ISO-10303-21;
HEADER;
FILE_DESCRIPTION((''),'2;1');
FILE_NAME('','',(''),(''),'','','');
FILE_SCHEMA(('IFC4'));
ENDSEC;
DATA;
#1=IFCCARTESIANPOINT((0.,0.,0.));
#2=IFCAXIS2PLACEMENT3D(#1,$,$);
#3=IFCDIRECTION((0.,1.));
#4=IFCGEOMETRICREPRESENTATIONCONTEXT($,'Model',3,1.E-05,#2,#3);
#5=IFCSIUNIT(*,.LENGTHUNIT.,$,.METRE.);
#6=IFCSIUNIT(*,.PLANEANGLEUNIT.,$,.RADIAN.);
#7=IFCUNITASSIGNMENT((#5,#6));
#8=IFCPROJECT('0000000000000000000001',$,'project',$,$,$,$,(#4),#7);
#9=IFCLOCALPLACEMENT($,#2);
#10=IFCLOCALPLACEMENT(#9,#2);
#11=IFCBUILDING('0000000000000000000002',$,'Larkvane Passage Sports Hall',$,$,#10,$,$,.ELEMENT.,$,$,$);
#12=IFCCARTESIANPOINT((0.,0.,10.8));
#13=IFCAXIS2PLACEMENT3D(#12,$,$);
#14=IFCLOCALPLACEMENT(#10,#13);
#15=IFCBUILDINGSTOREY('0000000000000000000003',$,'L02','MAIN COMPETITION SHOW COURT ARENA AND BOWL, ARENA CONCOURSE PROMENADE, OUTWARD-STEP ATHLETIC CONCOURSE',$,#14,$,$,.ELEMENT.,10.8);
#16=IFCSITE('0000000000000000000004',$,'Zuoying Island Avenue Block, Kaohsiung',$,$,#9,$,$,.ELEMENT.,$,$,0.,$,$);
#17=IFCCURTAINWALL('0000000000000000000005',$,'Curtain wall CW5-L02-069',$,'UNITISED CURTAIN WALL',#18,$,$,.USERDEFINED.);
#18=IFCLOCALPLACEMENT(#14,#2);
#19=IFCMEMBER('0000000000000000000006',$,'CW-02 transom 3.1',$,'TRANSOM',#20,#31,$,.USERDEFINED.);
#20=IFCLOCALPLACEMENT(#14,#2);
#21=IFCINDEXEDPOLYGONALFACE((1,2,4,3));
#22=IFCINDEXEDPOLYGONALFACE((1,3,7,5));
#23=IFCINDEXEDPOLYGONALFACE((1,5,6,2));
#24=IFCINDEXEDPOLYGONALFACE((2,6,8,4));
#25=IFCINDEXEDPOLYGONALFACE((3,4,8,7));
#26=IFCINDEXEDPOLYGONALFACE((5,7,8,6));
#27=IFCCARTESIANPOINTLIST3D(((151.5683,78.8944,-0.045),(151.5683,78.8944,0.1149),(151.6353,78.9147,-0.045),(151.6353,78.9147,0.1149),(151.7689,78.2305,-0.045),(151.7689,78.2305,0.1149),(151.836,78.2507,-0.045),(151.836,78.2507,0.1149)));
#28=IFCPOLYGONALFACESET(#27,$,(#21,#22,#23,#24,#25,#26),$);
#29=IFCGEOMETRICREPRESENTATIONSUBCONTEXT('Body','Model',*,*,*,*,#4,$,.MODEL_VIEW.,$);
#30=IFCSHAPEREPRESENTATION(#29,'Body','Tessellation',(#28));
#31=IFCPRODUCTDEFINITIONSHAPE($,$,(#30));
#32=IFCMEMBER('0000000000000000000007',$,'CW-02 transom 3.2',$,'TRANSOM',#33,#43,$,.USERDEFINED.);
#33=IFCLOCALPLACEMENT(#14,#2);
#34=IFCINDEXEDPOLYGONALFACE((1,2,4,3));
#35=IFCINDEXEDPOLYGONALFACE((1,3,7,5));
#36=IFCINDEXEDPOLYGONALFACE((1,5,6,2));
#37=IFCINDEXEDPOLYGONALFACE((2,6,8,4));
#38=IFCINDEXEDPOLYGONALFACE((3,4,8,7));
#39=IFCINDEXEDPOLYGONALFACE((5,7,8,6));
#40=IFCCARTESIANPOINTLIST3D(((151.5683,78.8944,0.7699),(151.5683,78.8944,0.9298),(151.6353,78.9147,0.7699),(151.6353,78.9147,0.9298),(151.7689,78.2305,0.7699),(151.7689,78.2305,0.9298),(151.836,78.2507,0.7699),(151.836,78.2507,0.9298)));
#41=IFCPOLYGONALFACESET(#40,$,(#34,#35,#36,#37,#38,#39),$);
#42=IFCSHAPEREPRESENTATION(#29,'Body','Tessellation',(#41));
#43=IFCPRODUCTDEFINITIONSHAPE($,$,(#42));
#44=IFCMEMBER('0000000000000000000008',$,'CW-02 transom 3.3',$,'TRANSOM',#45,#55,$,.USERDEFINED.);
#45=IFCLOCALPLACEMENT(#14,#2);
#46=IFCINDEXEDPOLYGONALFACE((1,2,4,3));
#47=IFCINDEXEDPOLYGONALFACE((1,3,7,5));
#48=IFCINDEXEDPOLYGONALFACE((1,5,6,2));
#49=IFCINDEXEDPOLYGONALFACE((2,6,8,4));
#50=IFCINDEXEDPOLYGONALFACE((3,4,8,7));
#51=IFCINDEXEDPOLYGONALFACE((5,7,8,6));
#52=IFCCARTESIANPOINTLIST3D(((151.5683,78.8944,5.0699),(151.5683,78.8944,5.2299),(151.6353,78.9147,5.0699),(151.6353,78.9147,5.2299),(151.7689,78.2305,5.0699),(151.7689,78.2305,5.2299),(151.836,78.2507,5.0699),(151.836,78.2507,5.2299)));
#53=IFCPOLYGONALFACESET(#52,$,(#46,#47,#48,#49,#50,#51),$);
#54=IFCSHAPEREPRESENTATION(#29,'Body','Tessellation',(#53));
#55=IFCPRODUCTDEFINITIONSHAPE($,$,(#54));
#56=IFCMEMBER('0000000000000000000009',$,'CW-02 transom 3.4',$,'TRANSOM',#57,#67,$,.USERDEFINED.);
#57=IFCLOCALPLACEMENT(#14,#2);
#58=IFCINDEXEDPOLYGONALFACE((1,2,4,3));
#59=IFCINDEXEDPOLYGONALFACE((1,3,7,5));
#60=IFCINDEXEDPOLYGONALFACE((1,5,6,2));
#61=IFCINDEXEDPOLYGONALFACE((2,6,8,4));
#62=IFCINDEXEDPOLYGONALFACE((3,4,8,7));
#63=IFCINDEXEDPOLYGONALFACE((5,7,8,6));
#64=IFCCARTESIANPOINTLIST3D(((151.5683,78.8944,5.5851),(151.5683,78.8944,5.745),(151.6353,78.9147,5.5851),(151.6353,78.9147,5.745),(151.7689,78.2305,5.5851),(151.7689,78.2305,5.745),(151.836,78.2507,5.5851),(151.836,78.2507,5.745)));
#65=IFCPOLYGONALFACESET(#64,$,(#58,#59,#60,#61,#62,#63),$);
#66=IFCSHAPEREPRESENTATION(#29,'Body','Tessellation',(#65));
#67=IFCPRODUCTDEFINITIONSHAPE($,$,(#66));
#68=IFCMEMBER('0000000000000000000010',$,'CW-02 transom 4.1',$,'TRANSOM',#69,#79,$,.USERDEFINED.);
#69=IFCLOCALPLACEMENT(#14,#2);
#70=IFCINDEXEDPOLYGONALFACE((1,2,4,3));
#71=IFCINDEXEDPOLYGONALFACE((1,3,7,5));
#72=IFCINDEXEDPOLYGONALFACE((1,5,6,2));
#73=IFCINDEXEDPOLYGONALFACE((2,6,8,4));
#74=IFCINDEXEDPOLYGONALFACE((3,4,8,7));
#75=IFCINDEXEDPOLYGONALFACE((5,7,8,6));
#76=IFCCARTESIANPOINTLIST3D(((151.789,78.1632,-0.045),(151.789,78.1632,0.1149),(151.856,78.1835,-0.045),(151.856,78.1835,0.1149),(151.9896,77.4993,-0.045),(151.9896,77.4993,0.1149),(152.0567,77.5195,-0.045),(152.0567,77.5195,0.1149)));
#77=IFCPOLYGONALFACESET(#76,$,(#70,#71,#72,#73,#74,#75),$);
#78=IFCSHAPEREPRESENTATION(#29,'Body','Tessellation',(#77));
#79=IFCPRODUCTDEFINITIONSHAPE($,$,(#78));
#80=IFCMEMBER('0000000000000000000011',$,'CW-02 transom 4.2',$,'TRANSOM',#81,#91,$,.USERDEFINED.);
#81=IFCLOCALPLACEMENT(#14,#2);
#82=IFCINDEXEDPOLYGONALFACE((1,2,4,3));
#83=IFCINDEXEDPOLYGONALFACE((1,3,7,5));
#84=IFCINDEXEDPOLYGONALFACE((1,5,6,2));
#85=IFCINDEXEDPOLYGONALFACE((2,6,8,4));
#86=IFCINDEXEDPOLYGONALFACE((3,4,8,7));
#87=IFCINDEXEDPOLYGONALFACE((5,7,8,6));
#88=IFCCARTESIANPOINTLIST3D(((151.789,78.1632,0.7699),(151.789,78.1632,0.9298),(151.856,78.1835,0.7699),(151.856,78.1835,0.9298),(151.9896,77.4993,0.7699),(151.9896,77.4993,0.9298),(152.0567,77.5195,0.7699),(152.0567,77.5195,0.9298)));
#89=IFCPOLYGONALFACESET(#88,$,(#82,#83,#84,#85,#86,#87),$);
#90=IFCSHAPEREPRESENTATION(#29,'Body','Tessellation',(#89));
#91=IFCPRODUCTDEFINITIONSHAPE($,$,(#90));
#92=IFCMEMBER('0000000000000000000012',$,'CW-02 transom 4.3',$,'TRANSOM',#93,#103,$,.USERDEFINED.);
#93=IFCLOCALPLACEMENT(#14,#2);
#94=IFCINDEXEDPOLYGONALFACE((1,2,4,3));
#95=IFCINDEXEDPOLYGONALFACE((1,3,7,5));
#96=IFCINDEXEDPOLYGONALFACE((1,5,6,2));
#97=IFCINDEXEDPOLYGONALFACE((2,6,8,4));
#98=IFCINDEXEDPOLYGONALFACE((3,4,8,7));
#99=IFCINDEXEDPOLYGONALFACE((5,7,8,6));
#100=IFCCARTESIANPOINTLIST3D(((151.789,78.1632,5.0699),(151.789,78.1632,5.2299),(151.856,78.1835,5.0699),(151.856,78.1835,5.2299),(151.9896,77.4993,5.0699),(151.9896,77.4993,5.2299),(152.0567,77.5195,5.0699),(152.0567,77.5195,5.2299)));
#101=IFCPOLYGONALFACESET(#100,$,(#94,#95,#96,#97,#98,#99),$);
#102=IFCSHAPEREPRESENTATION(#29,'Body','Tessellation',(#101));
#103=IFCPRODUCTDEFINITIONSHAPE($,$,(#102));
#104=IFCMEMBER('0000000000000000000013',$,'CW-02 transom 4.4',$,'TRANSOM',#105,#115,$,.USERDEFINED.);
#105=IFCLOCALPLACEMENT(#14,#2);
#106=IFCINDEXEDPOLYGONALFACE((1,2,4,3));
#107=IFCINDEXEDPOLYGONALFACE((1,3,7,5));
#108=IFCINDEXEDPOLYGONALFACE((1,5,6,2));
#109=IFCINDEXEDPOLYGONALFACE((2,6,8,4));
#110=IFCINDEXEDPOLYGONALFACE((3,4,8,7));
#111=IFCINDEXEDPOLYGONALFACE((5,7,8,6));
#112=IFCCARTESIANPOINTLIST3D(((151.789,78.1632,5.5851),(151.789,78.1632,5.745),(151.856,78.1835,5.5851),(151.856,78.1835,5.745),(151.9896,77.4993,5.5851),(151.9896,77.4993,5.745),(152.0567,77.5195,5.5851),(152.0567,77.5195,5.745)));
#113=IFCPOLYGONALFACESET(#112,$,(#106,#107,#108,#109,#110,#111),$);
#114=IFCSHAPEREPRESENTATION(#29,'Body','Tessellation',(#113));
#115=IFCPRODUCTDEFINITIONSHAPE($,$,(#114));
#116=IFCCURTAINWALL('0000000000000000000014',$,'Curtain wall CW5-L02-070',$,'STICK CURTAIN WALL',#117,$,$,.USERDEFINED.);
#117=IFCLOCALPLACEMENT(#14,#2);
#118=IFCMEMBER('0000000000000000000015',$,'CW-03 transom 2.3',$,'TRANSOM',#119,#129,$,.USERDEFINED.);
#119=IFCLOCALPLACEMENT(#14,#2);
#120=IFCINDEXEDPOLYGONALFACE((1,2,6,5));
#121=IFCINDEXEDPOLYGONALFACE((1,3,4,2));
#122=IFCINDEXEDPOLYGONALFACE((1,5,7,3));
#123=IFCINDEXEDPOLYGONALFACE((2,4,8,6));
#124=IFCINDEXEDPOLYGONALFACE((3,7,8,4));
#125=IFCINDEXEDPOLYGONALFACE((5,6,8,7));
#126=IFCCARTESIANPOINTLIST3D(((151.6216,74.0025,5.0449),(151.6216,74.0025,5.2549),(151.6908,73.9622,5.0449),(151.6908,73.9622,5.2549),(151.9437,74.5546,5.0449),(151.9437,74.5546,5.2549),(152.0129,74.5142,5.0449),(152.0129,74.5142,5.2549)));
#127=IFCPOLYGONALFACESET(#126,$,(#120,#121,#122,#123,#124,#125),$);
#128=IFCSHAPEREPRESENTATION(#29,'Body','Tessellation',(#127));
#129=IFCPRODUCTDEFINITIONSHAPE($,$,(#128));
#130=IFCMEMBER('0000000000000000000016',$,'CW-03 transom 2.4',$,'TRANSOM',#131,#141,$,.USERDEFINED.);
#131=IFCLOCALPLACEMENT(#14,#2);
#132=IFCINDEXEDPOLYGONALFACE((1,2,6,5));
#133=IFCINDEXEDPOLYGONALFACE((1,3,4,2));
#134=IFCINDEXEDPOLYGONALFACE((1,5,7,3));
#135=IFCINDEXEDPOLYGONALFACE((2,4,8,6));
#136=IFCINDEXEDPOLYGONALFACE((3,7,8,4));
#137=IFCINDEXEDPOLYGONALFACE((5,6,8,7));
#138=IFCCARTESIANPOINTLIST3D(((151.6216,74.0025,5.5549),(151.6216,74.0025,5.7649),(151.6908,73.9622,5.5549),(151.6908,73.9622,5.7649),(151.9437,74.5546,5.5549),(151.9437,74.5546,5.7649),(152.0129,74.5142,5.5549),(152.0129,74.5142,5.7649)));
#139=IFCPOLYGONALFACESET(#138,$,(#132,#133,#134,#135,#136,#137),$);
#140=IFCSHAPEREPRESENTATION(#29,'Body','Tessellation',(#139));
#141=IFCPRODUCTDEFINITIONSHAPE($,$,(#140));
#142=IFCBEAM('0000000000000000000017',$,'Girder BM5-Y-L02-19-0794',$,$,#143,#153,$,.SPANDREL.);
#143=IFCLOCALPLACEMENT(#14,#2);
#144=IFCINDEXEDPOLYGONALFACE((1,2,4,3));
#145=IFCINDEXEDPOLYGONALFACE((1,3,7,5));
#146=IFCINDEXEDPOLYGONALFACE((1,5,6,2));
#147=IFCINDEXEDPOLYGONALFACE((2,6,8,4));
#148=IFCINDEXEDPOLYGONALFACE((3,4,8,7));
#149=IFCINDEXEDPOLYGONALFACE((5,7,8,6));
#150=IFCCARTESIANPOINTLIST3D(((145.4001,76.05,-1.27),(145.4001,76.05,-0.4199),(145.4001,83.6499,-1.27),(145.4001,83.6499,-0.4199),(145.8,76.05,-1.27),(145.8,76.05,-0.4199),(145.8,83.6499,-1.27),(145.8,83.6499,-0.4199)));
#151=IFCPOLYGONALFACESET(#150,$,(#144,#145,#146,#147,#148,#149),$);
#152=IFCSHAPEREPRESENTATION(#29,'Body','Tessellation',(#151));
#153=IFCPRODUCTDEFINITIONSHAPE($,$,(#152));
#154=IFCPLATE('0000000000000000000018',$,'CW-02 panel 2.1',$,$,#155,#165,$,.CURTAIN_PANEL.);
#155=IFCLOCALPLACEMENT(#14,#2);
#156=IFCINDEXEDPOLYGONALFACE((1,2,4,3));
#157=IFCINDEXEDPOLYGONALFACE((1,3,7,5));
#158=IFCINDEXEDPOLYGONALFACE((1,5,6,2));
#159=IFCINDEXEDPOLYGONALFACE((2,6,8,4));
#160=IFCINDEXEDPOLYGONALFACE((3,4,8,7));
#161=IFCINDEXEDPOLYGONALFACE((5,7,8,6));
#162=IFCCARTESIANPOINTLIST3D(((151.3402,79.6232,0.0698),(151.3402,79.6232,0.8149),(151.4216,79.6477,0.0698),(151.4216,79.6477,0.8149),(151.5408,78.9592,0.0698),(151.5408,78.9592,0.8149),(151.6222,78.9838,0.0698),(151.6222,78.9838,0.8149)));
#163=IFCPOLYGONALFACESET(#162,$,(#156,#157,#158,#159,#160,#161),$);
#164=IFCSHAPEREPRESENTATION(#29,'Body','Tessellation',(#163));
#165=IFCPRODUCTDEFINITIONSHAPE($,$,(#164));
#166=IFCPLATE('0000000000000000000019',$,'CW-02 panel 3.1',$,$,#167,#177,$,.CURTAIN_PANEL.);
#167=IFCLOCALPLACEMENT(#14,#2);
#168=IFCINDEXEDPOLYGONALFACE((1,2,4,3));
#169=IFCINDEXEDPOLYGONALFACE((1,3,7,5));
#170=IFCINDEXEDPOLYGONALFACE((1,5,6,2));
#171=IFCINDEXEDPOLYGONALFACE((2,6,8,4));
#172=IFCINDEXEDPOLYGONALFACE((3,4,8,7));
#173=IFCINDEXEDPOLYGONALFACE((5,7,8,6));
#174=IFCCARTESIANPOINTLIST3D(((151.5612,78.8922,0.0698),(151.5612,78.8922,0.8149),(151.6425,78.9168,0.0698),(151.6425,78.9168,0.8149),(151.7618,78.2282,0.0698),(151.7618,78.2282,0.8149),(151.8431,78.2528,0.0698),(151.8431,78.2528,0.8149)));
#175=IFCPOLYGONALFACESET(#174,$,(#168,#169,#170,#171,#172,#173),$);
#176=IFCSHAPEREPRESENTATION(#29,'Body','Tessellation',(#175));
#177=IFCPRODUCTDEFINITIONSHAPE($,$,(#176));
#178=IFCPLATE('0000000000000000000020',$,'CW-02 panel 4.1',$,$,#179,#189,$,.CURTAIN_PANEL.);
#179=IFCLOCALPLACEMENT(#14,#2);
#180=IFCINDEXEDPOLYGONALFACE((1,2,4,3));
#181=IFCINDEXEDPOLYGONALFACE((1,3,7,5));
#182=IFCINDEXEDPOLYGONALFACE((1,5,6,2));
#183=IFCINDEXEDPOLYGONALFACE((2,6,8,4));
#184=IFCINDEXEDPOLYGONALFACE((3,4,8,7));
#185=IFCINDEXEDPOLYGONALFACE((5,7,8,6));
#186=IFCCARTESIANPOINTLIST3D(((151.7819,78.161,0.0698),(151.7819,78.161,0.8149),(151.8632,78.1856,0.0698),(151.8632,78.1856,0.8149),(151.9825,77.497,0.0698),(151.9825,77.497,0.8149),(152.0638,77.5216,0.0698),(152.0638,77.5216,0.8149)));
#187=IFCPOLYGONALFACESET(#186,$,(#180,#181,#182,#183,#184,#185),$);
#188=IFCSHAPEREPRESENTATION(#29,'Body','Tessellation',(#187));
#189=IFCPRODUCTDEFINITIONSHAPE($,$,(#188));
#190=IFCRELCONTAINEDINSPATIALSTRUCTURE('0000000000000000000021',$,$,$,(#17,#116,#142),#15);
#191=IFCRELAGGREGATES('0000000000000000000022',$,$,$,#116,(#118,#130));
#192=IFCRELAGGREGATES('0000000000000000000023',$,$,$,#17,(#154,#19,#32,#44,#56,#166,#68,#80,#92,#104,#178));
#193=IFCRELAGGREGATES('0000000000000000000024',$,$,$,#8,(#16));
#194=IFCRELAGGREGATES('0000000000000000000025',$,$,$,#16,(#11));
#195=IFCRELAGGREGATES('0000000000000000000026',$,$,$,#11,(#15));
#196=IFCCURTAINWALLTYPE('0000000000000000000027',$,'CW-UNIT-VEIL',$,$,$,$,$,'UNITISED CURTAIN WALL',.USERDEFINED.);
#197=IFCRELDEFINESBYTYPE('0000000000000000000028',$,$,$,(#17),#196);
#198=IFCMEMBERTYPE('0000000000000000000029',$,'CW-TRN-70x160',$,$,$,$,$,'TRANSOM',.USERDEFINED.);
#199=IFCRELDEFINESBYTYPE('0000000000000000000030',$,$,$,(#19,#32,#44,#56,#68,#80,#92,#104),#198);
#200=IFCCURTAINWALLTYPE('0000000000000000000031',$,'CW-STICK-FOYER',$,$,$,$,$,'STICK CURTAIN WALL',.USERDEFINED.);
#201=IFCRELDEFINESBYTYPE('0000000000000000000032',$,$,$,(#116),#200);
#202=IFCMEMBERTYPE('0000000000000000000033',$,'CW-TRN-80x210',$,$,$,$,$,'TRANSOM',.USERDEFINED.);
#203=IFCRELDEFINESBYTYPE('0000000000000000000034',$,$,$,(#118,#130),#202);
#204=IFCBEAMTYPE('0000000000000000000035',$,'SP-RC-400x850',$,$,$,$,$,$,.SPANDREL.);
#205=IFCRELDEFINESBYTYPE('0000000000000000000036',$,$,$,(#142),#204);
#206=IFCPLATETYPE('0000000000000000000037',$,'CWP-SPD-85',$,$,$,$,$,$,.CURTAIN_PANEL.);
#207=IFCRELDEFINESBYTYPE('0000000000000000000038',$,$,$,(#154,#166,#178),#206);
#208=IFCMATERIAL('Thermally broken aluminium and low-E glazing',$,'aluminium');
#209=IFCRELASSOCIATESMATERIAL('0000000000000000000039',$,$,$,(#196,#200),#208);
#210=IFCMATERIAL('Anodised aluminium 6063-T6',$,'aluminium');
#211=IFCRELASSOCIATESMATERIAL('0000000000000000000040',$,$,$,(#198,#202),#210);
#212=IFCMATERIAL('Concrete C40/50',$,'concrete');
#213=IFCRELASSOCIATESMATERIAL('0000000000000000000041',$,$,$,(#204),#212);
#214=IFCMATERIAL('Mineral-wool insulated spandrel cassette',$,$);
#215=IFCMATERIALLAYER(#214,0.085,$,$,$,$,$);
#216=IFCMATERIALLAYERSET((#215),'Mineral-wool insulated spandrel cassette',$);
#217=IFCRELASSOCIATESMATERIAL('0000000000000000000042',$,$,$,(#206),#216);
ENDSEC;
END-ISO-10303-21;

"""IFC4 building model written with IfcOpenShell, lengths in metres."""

from ifc_helpers import new_model, si_unit, direction, frame, origin, origin_2d, place, context, subcontext, project, spatial, rectangle, extrude, material, layer, layer_set, material_profile, profile_set, type_object, element, aggregate, save


model = new_model("IFC4")

# Units and contexts
model_context = context("Model", 3, precision=1e-05, world=origin(), true_north=direction((0.0, 1.0)))
body_context = subcontext(model_context, "Body", "Model", "MODEL_VIEW")
ifc_project = project(units=[si_unit("LENGTHUNIT", "METRE"), si_unit("PLANEANGLEUNIT", "RADIAN")], contexts=[model_context])

# Site, building, storey
site_placement = place(None, origin())
site = spatial("IfcSite", under=ifc_project, at=site_placement, Name="Zuoying Island Avenue Block, Kaohsiung", CompositionType="ELEMENT", RefElevation=0.0)
building_placement = place(site_placement, origin())
building = spatial("IfcBuilding", under=site, at=building_placement, Name="Larkvane Passage Sports Hall", CompositionType="ELEMENT")
storey_placement = place(building_placement, frame((0.0, 0.0, 10.8)))
storey = spatial("IfcBuildingStorey", under=building, at=storey_placement, Name="L02", Description="MAIN COMPETITION SHOW COURT ARENA AND BOWL, ARENA CONCOURSE PROMENADE, OUTWARD-STEP ATHLETIC CONCOURSE", CompositionType="ELEMENT", Elevation=10.8)

# Curtain walls, members
ifc_material_1 = material(Name="Thermally broken aluminium and low-E glazing", Category="aluminium")
curtain_wall_type_1 = type_object("IfcCurtainWallType", Name="CW-UNIT-VEIL", ElementType="UNITISED CURTAIN WALL", PredefinedType="USERDEFINED", material=ifc_material_1)
curtain_wall_1_placement = place(storey_placement, origin())
curtain_wall_1 = element("IfcCurtainWall", 1, at=curtain_wall_1_placement, inside=storey, type_object=curtain_wall_type_1, Name="Curtain wall CW5-L02-069", ObjectType="UNITISED CURTAIN WALL", PredefinedType="USERDEFINED")
ifc_material_2 = material(Name="Anodised aluminium 6063-T6", Category="aluminium")
ifc_material_profile_1 = material_profile(ifc_material_2, rectangle(XDim=0.0701, YDim=0.1599, at=origin_2d()), Name="ALU-TRN-70x160")
ifc_profile_set_1 = profile_set([ifc_material_profile_1], Name="Anodised aluminium 6063-T6")
member_type_1 = type_object("IfcMemberType", Name="CW-TRN-70x160", ElementType="TRANSOM", PredefinedType="USERDEFINED", material=ifc_profile_set_1)
member_1_placement = place(storey_placement, frame((151.6018, 78.9045, 0.0349), z_axis=(0.289285, -0.957243, 0.0), x_axis=(0.957243, 0.289285, 0.0)))
member_1 = element("IfcMember", 2, at=member_1_placement, type_object=member_type_1, Name="CW-02 transom 3.1", ObjectType="TRANSOM", PredefinedType="USERDEFINED", context=body_context, shape_type="SweptSolid", body=[
    extrude(rectangle(XDim=0.0701, YDim=0.1599, at=origin_2d()), origin(), (0.0, 0.0, 1.0), 0.6936),
])
member_2_placement = place(storey_placement, frame((151.6018, 78.9045, 0.8499), z_axis=(0.289285, -0.957243, 0.0), x_axis=(0.957243, 0.289285, 0.0)))
member_2 = element("IfcMember", 3, at=member_2_placement, type_object=member_type_1, Name="CW-02 transom 3.2", ObjectType="TRANSOM", PredefinedType="USERDEFINED", context=body_context, shape_type="SweptSolid", body=[
    extrude(rectangle(XDim=0.0701, YDim=0.1599, at=origin_2d()), origin(), (0.0, 0.0, 1.0), 0.6936),
])
member_3_placement = place(storey_placement, frame((151.6018, 78.9045, 5.1499), z_axis=(0.289285, -0.957243, 0.0), x_axis=(0.957243, 0.289285, 0.0)))
member_3 = element("IfcMember", 4, at=member_3_placement, type_object=member_type_1, Name="CW-02 transom 3.3", ObjectType="TRANSOM", PredefinedType="USERDEFINED", context=body_context, shape_type="SweptSolid", body=[
    extrude(rectangle(XDim=0.0701, YDim=0.1599, at=origin_2d()), origin(), (0.0, 0.0, 1.0), 0.6936),
])
member_4_placement = place(storey_placement, frame((151.6018, 78.9045, 5.665), z_axis=(0.289285, -0.957243, 0.0), x_axis=(0.957243, 0.289285, 0.0)))
member_4 = element("IfcMember", 5, at=member_4_placement, type_object=member_type_1, Name="CW-02 transom 3.4", ObjectType="TRANSOM", PredefinedType="USERDEFINED", context=body_context, shape_type="SweptSolid", body=[
    extrude(rectangle(XDim=0.0701, YDim=0.1599, at=origin_2d()), origin(), (0.0, 0.0, 1.0), 0.6936),
])
member_5_placement = place(storey_placement, frame((151.8225, 78.1733, 0.0349), z_axis=(0.289285, -0.957243, 0.0), x_axis=(0.957243, 0.289285, 0.0)))
member_5 = element("IfcMember", 6, at=member_5_placement, type_object=member_type_1, Name="CW-02 transom 4.1", ObjectType="TRANSOM", PredefinedType="USERDEFINED", context=body_context, shape_type="SweptSolid", body=[
    extrude(rectangle(XDim=0.0701, YDim=0.1599, at=origin_2d()), origin(), (0.0, 0.0, 1.0), 0.6936),
])
member_6_placement = place(storey_placement, frame((151.8225, 78.1733, 0.8499), z_axis=(0.289285, -0.957243, 0.0), x_axis=(0.957243, 0.289285, 0.0)))
member_6 = element("IfcMember", 7, at=member_6_placement, type_object=member_type_1, Name="CW-02 transom 4.2", ObjectType="TRANSOM", PredefinedType="USERDEFINED", context=body_context, shape_type="SweptSolid", body=[
    extrude(rectangle(XDim=0.0701, YDim=0.1599, at=origin_2d()), origin(), (0.0, 0.0, 1.0), 0.6936),
])
member_7_placement = place(storey_placement, frame((151.8225, 78.1733, 5.1499), z_axis=(0.289285, -0.957243, 0.0), x_axis=(0.957243, 0.289285, 0.0)))
member_7 = element("IfcMember", 8, at=member_7_placement, type_object=member_type_1, Name="CW-02 transom 4.3", ObjectType="TRANSOM", PredefinedType="USERDEFINED", context=body_context, shape_type="SweptSolid", body=[
    extrude(rectangle(XDim=0.0701, YDim=0.1599, at=origin_2d()), origin(), (0.0, 0.0, 1.0), 0.6936),
])
member_8_placement = place(storey_placement, frame((151.8225, 78.1733, 5.665), z_axis=(0.289285, -0.957243, 0.0), x_axis=(0.957243, 0.289285, 0.0)))
member_8 = element("IfcMember", 9, at=member_8_placement, type_object=member_type_1, Name="CW-02 transom 4.4", ObjectType="TRANSOM", PredefinedType="USERDEFINED", context=body_context, shape_type="SweptSolid", body=[
    extrude(rectangle(XDim=0.0701, YDim=0.1599, at=origin_2d()), origin(), (0.0, 0.0, 1.0), 0.6936),
])
curtain_wall_type_2 = type_object("IfcCurtainWallType", Name="CW-STICK-FOYER", ElementType="STICK CURTAIN WALL", PredefinedType="USERDEFINED", material=ifc_material_1)
curtain_wall_2_placement = place(storey_placement, origin())
curtain_wall_2 = element("IfcCurtainWall", 10, at=curtain_wall_2_placement, inside=storey, type_object=curtain_wall_type_2, Name="Curtain wall CW5-L02-070", ObjectType="STICK CURTAIN WALL", PredefinedType="USERDEFINED")
ifc_material_profile_2 = material_profile(ifc_material_2, rectangle(XDim=0.0801, YDim=0.21, at=origin_2d()), Name="ALU-TRN-80x210")
ifc_profile_set_2 = profile_set([ifc_material_profile_2], Name="Anodised aluminium 6063-T6")
member_type_2 = type_object("IfcMemberType", Name="CW-TRN-80x210", ElementType="TRANSOM", PredefinedType="USERDEFINED", material=ifc_profile_set_2)
member_9_placement = place(storey_placement, frame((151.9783, 74.5344, 5.1499), z_axis=(-0.503895, -0.863765, 0.0), x_axis=(0.863765, -0.503895, 0.0)))
member_9 = element("IfcMember", 11, at=member_9_placement, type_object=member_type_2, Name="CW-03 transom 2.3", ObjectType="TRANSOM", PredefinedType="USERDEFINED", context=body_context, shape_type="SweptSolid", body=[
    extrude(rectangle(XDim=0.0801, YDim=0.21, at=origin_2d()), origin(), (0.0, 0.0, 1.0), 0.6392),
])
member_10_placement = place(storey_placement, frame((151.9783, 74.5344, 5.6599), z_axis=(-0.503895, -0.863765, 0.0), x_axis=(0.863765, -0.503895, 0.0)))
member_10 = element("IfcMember", 12, at=member_10_placement, type_object=member_type_2, Name="CW-03 transom 2.4", ObjectType="TRANSOM", PredefinedType="USERDEFINED", context=body_context, shape_type="SweptSolid", body=[
    extrude(rectangle(XDim=0.0801, YDim=0.21, at=origin_2d()), origin(), (0.0, 0.0, 1.0), 0.6392),
])
aggregate(curtain_wall_2, [member_9, member_10])

# Beam
ifc_material_3 = material(Name="Concrete C40/50", Category="concrete")
ifc_material_profile_3 = material_profile(ifc_material_3, rectangle(XDim=0.3999, YDim=0.8501, at=origin_2d()), Name="RC-SP-400x850")
ifc_profile_set_3 = profile_set([ifc_material_profile_3], Name="Concrete C40/50")
beam_type_1 = type_object("IfcBeamType", Name="SP-RC-400x850", PredefinedType="SPANDREL", material=ifc_profile_set_3)
beam_1_placement = place(storey_placement, frame((145.6001, 76.05, -0.845), z_axis=(0.0, 1.0, 0.0), x_axis=(-1.0, 0.0, 0.0)))
element("IfcBeam", 13, at=beam_1_placement, inside=storey, type_object=beam_type_1, Name="Girder BM5-Y-L02-19-0794", PredefinedType="SPANDREL", context=body_context, shape_type="SweptSolid", body=[
    extrude(rectangle(XDim=0.3999, YDim=0.8501, at=origin_2d()), origin(), (0.0, 0.0, 1.0), 7.5999),
])

# Plates
ifc_material_4 = material(Name="Mineral-wool insulated spandrel cassette")
ifc_layer_1 = layer(ifc_material_4, 0.085)
ifc_layer_set_1 = layer_set([ifc_layer_1], Name="Mineral-wool insulated spandrel cassette")
plate_type_1 = type_object("IfcPlateType", Name="CWP-SPD-85", PredefinedType="CURTAIN_PANEL", material=ifc_layer_set_1)
plate_1_placement = place(storey_placement, frame((151.4812, 79.3035, 0.0698), z_axis=(0.0, 0.0, 1.0), x_axis=(0.289177, -0.957276, 0.0)))
plate_1 = element("IfcPlate", 14, at=plate_1_placement, type_object=plate_type_1, Name="CW-02 panel 2.1", PredefinedType="CURTAIN_PANEL", context=body_context, shape_type="SweptSolid", body=[
    extrude(rectangle(XDim=0.6936, YDim=0.085, at=origin_2d()), origin(), (0.0, 0.0, 1.0), 0.7451),
])
plate_2_placement = place(storey_placement, frame((151.7021, 78.5725, 0.0698), z_axis=(0.0, 0.0, 1.0), x_axis=(0.289177, -0.957276, 0.0)))
plate_2 = element("IfcPlate", 15, at=plate_2_placement, type_object=plate_type_1, Name="CW-02 panel 3.1", PredefinedType="CURTAIN_PANEL", context=body_context, shape_type="SweptSolid", body=[
    extrude(rectangle(XDim=0.6936, YDim=0.085, at=origin_2d()), origin(), (0.0, 0.0, 1.0), 0.7451),
])
plate_3_placement = place(storey_placement, frame((151.9229, 77.8413, 0.0698), z_axis=(0.0, 0.0, 1.0), x_axis=(0.289177, -0.957276, 0.0)))
plate_3 = element("IfcPlate", 16, at=plate_3_placement, type_object=plate_type_1, Name="CW-02 panel 4.1", PredefinedType="CURTAIN_PANEL", context=body_context, shape_type="SweptSolid", body=[
    extrude(rectangle(XDim=0.6936, YDim=0.085, at=origin_2d()), origin(), (0.0, 0.0, 1.0), 0.7451),
])
aggregate(curtain_wall_1, [plate_1, member_1, member_2, member_3, member_4, plate_2, member_5, member_6, member_7, member_8, plate_3])

save(model, "model.ifc")
